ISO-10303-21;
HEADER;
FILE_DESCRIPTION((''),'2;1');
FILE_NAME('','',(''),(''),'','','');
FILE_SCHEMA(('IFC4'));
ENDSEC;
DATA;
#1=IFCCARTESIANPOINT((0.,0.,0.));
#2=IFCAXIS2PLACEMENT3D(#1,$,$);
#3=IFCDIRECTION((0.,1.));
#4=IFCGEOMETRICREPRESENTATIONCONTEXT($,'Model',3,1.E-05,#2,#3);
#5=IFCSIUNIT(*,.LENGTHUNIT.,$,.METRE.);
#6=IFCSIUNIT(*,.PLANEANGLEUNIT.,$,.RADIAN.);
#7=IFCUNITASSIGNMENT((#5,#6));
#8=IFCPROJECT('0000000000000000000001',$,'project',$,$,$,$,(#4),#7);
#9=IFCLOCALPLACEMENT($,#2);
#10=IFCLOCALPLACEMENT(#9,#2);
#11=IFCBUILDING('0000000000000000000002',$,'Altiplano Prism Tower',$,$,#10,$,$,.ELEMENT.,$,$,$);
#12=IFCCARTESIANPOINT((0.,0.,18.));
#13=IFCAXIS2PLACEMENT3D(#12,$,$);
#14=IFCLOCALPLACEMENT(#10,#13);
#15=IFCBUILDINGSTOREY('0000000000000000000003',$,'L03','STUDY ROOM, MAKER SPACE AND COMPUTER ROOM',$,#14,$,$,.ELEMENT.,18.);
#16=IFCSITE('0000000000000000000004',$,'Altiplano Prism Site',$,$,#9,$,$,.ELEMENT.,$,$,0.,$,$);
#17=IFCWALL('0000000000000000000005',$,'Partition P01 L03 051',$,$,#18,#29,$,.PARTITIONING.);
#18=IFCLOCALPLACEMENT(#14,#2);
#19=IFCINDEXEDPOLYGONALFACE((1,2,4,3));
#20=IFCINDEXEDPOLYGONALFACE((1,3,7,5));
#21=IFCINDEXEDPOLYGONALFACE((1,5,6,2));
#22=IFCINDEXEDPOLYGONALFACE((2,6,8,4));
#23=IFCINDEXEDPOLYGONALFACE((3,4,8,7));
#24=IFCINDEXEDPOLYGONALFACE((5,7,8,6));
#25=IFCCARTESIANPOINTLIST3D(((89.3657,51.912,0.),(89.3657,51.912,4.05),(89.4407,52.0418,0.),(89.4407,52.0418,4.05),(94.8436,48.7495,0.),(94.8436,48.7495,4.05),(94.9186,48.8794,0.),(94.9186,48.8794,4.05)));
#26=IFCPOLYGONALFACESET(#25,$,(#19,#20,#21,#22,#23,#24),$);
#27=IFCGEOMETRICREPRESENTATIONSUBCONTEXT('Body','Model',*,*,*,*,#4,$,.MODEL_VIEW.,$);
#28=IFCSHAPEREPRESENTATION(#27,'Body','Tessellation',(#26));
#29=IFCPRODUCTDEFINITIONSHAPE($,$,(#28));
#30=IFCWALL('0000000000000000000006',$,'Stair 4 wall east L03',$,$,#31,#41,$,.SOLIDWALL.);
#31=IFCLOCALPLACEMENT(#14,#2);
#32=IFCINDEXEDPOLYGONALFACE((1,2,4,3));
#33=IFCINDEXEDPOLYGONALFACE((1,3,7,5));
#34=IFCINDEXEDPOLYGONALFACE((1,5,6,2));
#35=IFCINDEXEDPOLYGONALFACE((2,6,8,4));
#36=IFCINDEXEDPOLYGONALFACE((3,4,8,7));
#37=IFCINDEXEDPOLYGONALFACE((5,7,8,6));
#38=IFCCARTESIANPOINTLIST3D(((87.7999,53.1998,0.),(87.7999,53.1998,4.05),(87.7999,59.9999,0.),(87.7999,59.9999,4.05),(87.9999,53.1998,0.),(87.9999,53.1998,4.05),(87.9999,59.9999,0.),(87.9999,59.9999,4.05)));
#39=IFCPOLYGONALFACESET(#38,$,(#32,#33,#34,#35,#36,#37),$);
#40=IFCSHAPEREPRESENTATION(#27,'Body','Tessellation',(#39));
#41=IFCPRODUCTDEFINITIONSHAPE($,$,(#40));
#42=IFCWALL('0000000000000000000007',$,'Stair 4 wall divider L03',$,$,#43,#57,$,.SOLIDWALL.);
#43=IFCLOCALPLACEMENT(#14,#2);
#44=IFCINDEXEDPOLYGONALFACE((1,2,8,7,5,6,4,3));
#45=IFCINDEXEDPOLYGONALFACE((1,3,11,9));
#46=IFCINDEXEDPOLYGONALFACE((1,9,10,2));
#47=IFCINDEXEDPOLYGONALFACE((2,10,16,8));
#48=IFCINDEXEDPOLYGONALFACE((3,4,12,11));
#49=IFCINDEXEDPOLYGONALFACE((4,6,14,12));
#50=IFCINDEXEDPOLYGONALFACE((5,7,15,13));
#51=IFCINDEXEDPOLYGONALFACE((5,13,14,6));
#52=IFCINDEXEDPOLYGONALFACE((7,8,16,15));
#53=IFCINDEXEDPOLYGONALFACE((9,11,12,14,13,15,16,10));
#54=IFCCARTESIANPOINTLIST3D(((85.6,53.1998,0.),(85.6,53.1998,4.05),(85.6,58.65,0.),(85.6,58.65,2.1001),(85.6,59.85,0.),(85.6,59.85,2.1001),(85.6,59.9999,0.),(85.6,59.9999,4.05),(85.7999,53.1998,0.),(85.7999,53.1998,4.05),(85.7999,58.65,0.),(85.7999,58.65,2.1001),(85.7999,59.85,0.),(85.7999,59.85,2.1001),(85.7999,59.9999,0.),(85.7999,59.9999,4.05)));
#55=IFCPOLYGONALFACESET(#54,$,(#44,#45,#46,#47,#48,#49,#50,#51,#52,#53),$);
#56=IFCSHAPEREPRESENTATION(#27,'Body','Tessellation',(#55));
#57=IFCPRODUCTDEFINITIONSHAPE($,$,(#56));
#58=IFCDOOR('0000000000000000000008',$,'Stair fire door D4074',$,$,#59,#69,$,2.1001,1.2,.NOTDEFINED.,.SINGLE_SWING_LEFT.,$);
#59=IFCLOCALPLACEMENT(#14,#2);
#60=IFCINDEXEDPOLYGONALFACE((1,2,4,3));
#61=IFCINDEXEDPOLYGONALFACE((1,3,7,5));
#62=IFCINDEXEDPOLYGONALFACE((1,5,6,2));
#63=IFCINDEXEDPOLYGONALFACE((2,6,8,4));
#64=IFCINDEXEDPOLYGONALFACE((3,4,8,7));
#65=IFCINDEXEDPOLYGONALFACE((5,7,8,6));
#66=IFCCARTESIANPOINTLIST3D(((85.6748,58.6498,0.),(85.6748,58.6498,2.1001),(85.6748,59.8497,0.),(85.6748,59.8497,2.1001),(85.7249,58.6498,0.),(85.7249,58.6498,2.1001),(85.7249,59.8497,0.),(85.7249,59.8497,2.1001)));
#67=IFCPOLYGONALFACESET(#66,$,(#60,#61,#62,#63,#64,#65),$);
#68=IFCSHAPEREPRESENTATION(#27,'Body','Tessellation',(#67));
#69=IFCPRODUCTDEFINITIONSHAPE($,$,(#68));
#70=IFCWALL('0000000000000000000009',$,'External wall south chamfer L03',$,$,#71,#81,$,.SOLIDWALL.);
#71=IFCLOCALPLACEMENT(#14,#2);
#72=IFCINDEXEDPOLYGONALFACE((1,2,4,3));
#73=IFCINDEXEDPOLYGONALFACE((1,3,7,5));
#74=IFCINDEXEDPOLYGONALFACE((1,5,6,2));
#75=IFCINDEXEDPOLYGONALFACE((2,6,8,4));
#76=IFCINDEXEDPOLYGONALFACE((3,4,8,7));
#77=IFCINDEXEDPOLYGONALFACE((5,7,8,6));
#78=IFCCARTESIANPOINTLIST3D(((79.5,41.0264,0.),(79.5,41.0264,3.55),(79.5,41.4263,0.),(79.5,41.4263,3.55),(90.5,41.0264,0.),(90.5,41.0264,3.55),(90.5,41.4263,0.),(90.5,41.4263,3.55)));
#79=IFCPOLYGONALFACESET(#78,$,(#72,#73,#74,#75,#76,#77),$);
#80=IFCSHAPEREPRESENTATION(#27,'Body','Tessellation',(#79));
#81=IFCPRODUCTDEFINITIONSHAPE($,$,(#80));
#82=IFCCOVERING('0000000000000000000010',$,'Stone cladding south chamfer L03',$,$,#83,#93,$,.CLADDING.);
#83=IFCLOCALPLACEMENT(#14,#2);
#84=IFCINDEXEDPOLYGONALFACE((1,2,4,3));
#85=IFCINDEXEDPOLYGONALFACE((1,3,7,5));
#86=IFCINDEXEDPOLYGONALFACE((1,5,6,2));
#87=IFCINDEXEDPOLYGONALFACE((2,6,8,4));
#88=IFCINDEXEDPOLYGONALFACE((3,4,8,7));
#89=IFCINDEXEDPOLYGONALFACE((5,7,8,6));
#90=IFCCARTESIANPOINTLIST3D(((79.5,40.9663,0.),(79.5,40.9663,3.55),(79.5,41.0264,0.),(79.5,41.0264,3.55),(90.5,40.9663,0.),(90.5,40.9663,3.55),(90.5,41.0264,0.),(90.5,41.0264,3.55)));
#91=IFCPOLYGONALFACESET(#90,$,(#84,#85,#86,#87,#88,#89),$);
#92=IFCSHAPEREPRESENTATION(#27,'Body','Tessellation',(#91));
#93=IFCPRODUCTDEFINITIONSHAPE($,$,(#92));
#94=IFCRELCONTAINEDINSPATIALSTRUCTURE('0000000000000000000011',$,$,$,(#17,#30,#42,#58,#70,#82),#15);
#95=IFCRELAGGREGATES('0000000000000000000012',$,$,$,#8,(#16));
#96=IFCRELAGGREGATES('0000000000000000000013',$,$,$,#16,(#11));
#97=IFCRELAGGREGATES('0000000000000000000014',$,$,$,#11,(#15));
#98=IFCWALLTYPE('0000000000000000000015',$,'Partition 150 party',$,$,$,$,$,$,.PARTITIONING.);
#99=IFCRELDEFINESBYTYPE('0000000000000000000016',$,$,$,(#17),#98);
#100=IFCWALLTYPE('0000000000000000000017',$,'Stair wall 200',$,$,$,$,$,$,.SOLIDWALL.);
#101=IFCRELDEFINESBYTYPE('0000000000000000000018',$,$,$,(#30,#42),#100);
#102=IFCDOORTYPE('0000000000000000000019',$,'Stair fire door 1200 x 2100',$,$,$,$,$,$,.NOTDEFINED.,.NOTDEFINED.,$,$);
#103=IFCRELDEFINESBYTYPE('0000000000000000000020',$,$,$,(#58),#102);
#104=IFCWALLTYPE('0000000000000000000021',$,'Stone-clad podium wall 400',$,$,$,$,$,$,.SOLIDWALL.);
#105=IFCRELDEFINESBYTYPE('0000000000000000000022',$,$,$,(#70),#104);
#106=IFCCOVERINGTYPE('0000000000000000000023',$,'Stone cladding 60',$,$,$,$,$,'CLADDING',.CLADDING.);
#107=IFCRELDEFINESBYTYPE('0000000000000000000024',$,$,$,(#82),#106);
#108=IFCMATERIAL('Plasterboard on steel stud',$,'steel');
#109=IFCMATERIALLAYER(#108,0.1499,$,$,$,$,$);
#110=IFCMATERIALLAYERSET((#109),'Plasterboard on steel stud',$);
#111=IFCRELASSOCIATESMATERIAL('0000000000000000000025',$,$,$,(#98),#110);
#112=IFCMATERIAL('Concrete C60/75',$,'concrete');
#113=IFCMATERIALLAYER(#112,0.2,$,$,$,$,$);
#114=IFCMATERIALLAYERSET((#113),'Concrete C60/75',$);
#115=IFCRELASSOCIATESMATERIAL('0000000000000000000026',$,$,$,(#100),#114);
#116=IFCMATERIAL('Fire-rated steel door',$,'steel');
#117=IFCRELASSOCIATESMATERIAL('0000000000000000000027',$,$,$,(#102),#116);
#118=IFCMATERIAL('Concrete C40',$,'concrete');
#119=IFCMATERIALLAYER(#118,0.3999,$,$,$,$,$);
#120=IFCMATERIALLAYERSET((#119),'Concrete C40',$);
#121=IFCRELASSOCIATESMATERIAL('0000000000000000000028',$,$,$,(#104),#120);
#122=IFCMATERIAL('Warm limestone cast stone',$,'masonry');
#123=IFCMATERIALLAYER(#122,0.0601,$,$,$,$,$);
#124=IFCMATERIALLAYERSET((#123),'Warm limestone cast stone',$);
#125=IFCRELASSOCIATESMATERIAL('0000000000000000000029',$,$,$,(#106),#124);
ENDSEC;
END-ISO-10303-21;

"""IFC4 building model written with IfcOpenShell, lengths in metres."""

from ifc_helpers import new_model, si_unit, direction, frame, frame_2d, origin, place, context, subcontext, project, spatial, rectangle, extrude, material, layer, layer_set, type_object, element, fill, save


model = new_model("IFC4")

# Units and contexts
model_context = context("Model", 3, precision=1e-05, world=origin(), true_north=direction((0.0, 1.0)))
body_context = subcontext(model_context, "Body", "Model", "MODEL_VIEW")
ifc_project = project(units=[si_unit("LENGTHUNIT", "METRE"), si_unit("PLANEANGLEUNIT", "RADIAN")], contexts=[model_context])

# Site, building, storey
site_placement = place(None, origin())
site = spatial("IfcSite", under=ifc_project, at=site_placement, Name="Altiplano Prism Site", CompositionType="ELEMENT", RefElevation=0.0)
building_placement = place(site_placement, origin())
building = spatial("IfcBuilding", under=site, at=building_placement, Name="Altiplano Prism Tower", CompositionType="ELEMENT")
storey_placement = place(building_placement, frame((0.0, 0.0, 18.0)))
storey = spatial("IfcBuildingStorey", under=building, at=storey_placement, Name="L03", Description="STUDY ROOM, MAKER SPACE AND COMPUTER ROOM", CompositionType="ELEMENT", Elevation=18.0)

# Shared definitions
ifc_material_1 = material(Name="Concrete C60/75", Category="concrete")

# Shared definitions
ifc_material_2 = material(Name="Plasterboard on steel stud", Category="steel")

# Walls
ifc_layer_1 = layer(ifc_material_2, 0.1499)
ifc_layer_set_1 = layer_set([ifc_layer_1], Name="Plasterboard on steel stud")
wall_type_1 = type_object("IfcWallType", Name="Partition 150 party", PredefinedType="PARTITIONING", material=ifc_layer_set_1)
wall_1_placement = place(storey_placement, frame((94.8811, 48.8145, 0.0), z_axis=(0.0, 0.0, 1.0), x_axis=(-0.866042, 0.499971, 0.0)))
element("IfcWall", 1, at=wall_1_placement, inside=storey, type_object=wall_type_1, Name="Partition P01 L03 051", PredefinedType="PARTITIONING", context=body_context, shape_type="SweptSolid", body=[
    extrude(rectangle(XDim=6.3252, YDim=0.1499, at=frame_2d((3.1626, 0.0))), origin(), (0.0, 0.0, 1.0), 4.05),
])
ifc_layer_2 = layer(ifc_material_1, 0.2)
ifc_layer_set_2 = layer_set([ifc_layer_2], Name="Concrete C60/75")
wall_type_2 = type_object("IfcWallType", Name="Stair wall 200", PredefinedType="SOLIDWALL", material=ifc_layer_set_2)
wall_2_placement = place(storey_placement, frame((87.8999, 53.2, 0.0), z_axis=(0.0, 0.0, 1.0), x_axis=(0.0, 1.0, 0.0)))
element("IfcWall", 2, at=wall_2_placement, inside=storey, type_object=wall_type_2, Name="Stair 4 wall east L03", PredefinedType="SOLIDWALL", context=body_context, shape_type="SweptSolid", body=[
    extrude(rectangle(XDim=6.8, YDim=0.2, at=frame_2d((3.3999, 0.0))), origin(), (0.0, 0.0, 1.0), 4.05),
])

# Wall, opening, door
wall_3_placement = place(storey_placement, frame((85.7, 53.2, 0.0), z_axis=(0.0, 0.0, 1.0), x_axis=(0.0, 1.0, 0.0)))
wall_3 = element("IfcWall", 3, at=wall_3_placement, inside=storey, type_object=wall_type_2, Name="Stair 4 wall divider L03", PredefinedType="SOLIDWALL", context=body_context, shape_type="SweptSolid", body=[
    extrude(rectangle(XDim=6.8, YDim=0.2, at=frame_2d((3.3999, 0.0))), origin(), (0.0, 0.0, 1.0), 4.05),
])
opening_1_placement = place(wall_3_placement, frame((5.45, 0.0, 0.0)))
opening_1 = element("IfcOpeningElement", 4, at=opening_1_placement, cuts=wall_3, PredefinedType="OPENING", context=body_context, shape_type="SweptSolid", body=[
    extrude(rectangle(XDim=1.2, YDim=2.1001, at=frame_2d((0.6001, 1.05))), frame((0.0, 0.1104, 0.0), z_axis=(0.0, -1.0, 0.0), x_axis=(1.0, 0.0, 0.0)), (0.0, 0.0, 1.0), 0.2209),
])
ifc_material_3 = material(Name="Fire-rated steel door", Category="steel")
door_type_1 = type_object("IfcDoorType", Name="Stair fire door 1200 x 2100", OperationType="NOTDEFINED", PredefinedType="NOTDEFINED", material=ifc_material_3)
door_1_placement = place(opening_1_placement, frame((1.2, 0.0, 0.0), z_axis=(0.0, 0.0, 1.0), x_axis=(-1.0, 0.0, 0.0)))
door_1 = element("IfcDoor", 5, at=door_1_placement, inside=storey, type_object=door_type_1, Name="Stair fire door D4074", OperationType="SINGLE_SWING_LEFT", OverallHeight=2.1001, OverallWidth=1.2, PredefinedType="NOTDEFINED", context=body_context, shape_type="SweptSolid", body=[
    extrude(rectangle(XDim=1.2, YDim=2.1001, at=frame_2d((0.6001, 1.05))), frame((0.0, 0.0249, 0.0), z_axis=(0.0, -1.0, 0.0), x_axis=(1.0, 0.0, 0.0)), (0.0, 0.0, 1.0), 0.05),
])
fill(opening_1, door_1)

# Wall
ifc_material_4 = material(Name="Concrete C40", Category="concrete")
ifc_layer_3 = layer(ifc_material_4, 0.3999)
ifc_layer_set_3 = layer_set([ifc_layer_3], Name="Concrete C40")
wall_type_3 = type_object("IfcWallType", Name="Stone-clad podium wall 400", PredefinedType="SOLIDWALL", material=ifc_layer_set_3)
wall_4_placement = place(storey_placement, frame((90.5, 41.2263, 0.0), z_axis=(0.0, 0.0, 1.0), x_axis=(-1.0, 0.0, 0.0)))
element("IfcWall", 6, at=wall_4_placement, inside=storey, type_object=wall_type_3, Name="External wall south chamfer L03", PredefinedType="SOLIDWALL", context=body_context, shape_type="SweptSolid", body=[
    extrude(rectangle(XDim=11.0, YDim=0.3999, at=frame_2d((5.5, 0.0))), origin(), (0.0, 0.0, 1.0), 3.55),
])

# Covering
ifc_material_5 = material(Name="Warm limestone cast stone", Category="masonry")
ifc_layer_4 = layer(ifc_material_5, 0.0601)
ifc_layer_set_4 = layer_set([ifc_layer_4], Name="Warm limestone cast stone")
covering_type = type_object("IfcCoveringType", Name="Stone cladding 60", ElementType="CLADDING", PredefinedType="CLADDING", material=ifc_layer_set_4)
covering_placement = place(storey_placement, frame((90.5, 40.9963, 0.0), z_axis=(0.0, 0.0, 1.0), x_axis=(-1.0, 0.0, 0.0)))
element("IfcCovering", 7, at=covering_placement, inside=storey, type_object=covering_type, Name="Stone cladding south chamfer L03", PredefinedType="CLADDING", context=body_context, shape_type="SweptSolid", body=[
    extrude(rectangle(XDim=11.0, YDim=0.0601, at=frame_2d((5.5, 0.0))), origin(), (0.0, 0.0, 1.0), 3.55),
])

save(model, "model.ifc")
